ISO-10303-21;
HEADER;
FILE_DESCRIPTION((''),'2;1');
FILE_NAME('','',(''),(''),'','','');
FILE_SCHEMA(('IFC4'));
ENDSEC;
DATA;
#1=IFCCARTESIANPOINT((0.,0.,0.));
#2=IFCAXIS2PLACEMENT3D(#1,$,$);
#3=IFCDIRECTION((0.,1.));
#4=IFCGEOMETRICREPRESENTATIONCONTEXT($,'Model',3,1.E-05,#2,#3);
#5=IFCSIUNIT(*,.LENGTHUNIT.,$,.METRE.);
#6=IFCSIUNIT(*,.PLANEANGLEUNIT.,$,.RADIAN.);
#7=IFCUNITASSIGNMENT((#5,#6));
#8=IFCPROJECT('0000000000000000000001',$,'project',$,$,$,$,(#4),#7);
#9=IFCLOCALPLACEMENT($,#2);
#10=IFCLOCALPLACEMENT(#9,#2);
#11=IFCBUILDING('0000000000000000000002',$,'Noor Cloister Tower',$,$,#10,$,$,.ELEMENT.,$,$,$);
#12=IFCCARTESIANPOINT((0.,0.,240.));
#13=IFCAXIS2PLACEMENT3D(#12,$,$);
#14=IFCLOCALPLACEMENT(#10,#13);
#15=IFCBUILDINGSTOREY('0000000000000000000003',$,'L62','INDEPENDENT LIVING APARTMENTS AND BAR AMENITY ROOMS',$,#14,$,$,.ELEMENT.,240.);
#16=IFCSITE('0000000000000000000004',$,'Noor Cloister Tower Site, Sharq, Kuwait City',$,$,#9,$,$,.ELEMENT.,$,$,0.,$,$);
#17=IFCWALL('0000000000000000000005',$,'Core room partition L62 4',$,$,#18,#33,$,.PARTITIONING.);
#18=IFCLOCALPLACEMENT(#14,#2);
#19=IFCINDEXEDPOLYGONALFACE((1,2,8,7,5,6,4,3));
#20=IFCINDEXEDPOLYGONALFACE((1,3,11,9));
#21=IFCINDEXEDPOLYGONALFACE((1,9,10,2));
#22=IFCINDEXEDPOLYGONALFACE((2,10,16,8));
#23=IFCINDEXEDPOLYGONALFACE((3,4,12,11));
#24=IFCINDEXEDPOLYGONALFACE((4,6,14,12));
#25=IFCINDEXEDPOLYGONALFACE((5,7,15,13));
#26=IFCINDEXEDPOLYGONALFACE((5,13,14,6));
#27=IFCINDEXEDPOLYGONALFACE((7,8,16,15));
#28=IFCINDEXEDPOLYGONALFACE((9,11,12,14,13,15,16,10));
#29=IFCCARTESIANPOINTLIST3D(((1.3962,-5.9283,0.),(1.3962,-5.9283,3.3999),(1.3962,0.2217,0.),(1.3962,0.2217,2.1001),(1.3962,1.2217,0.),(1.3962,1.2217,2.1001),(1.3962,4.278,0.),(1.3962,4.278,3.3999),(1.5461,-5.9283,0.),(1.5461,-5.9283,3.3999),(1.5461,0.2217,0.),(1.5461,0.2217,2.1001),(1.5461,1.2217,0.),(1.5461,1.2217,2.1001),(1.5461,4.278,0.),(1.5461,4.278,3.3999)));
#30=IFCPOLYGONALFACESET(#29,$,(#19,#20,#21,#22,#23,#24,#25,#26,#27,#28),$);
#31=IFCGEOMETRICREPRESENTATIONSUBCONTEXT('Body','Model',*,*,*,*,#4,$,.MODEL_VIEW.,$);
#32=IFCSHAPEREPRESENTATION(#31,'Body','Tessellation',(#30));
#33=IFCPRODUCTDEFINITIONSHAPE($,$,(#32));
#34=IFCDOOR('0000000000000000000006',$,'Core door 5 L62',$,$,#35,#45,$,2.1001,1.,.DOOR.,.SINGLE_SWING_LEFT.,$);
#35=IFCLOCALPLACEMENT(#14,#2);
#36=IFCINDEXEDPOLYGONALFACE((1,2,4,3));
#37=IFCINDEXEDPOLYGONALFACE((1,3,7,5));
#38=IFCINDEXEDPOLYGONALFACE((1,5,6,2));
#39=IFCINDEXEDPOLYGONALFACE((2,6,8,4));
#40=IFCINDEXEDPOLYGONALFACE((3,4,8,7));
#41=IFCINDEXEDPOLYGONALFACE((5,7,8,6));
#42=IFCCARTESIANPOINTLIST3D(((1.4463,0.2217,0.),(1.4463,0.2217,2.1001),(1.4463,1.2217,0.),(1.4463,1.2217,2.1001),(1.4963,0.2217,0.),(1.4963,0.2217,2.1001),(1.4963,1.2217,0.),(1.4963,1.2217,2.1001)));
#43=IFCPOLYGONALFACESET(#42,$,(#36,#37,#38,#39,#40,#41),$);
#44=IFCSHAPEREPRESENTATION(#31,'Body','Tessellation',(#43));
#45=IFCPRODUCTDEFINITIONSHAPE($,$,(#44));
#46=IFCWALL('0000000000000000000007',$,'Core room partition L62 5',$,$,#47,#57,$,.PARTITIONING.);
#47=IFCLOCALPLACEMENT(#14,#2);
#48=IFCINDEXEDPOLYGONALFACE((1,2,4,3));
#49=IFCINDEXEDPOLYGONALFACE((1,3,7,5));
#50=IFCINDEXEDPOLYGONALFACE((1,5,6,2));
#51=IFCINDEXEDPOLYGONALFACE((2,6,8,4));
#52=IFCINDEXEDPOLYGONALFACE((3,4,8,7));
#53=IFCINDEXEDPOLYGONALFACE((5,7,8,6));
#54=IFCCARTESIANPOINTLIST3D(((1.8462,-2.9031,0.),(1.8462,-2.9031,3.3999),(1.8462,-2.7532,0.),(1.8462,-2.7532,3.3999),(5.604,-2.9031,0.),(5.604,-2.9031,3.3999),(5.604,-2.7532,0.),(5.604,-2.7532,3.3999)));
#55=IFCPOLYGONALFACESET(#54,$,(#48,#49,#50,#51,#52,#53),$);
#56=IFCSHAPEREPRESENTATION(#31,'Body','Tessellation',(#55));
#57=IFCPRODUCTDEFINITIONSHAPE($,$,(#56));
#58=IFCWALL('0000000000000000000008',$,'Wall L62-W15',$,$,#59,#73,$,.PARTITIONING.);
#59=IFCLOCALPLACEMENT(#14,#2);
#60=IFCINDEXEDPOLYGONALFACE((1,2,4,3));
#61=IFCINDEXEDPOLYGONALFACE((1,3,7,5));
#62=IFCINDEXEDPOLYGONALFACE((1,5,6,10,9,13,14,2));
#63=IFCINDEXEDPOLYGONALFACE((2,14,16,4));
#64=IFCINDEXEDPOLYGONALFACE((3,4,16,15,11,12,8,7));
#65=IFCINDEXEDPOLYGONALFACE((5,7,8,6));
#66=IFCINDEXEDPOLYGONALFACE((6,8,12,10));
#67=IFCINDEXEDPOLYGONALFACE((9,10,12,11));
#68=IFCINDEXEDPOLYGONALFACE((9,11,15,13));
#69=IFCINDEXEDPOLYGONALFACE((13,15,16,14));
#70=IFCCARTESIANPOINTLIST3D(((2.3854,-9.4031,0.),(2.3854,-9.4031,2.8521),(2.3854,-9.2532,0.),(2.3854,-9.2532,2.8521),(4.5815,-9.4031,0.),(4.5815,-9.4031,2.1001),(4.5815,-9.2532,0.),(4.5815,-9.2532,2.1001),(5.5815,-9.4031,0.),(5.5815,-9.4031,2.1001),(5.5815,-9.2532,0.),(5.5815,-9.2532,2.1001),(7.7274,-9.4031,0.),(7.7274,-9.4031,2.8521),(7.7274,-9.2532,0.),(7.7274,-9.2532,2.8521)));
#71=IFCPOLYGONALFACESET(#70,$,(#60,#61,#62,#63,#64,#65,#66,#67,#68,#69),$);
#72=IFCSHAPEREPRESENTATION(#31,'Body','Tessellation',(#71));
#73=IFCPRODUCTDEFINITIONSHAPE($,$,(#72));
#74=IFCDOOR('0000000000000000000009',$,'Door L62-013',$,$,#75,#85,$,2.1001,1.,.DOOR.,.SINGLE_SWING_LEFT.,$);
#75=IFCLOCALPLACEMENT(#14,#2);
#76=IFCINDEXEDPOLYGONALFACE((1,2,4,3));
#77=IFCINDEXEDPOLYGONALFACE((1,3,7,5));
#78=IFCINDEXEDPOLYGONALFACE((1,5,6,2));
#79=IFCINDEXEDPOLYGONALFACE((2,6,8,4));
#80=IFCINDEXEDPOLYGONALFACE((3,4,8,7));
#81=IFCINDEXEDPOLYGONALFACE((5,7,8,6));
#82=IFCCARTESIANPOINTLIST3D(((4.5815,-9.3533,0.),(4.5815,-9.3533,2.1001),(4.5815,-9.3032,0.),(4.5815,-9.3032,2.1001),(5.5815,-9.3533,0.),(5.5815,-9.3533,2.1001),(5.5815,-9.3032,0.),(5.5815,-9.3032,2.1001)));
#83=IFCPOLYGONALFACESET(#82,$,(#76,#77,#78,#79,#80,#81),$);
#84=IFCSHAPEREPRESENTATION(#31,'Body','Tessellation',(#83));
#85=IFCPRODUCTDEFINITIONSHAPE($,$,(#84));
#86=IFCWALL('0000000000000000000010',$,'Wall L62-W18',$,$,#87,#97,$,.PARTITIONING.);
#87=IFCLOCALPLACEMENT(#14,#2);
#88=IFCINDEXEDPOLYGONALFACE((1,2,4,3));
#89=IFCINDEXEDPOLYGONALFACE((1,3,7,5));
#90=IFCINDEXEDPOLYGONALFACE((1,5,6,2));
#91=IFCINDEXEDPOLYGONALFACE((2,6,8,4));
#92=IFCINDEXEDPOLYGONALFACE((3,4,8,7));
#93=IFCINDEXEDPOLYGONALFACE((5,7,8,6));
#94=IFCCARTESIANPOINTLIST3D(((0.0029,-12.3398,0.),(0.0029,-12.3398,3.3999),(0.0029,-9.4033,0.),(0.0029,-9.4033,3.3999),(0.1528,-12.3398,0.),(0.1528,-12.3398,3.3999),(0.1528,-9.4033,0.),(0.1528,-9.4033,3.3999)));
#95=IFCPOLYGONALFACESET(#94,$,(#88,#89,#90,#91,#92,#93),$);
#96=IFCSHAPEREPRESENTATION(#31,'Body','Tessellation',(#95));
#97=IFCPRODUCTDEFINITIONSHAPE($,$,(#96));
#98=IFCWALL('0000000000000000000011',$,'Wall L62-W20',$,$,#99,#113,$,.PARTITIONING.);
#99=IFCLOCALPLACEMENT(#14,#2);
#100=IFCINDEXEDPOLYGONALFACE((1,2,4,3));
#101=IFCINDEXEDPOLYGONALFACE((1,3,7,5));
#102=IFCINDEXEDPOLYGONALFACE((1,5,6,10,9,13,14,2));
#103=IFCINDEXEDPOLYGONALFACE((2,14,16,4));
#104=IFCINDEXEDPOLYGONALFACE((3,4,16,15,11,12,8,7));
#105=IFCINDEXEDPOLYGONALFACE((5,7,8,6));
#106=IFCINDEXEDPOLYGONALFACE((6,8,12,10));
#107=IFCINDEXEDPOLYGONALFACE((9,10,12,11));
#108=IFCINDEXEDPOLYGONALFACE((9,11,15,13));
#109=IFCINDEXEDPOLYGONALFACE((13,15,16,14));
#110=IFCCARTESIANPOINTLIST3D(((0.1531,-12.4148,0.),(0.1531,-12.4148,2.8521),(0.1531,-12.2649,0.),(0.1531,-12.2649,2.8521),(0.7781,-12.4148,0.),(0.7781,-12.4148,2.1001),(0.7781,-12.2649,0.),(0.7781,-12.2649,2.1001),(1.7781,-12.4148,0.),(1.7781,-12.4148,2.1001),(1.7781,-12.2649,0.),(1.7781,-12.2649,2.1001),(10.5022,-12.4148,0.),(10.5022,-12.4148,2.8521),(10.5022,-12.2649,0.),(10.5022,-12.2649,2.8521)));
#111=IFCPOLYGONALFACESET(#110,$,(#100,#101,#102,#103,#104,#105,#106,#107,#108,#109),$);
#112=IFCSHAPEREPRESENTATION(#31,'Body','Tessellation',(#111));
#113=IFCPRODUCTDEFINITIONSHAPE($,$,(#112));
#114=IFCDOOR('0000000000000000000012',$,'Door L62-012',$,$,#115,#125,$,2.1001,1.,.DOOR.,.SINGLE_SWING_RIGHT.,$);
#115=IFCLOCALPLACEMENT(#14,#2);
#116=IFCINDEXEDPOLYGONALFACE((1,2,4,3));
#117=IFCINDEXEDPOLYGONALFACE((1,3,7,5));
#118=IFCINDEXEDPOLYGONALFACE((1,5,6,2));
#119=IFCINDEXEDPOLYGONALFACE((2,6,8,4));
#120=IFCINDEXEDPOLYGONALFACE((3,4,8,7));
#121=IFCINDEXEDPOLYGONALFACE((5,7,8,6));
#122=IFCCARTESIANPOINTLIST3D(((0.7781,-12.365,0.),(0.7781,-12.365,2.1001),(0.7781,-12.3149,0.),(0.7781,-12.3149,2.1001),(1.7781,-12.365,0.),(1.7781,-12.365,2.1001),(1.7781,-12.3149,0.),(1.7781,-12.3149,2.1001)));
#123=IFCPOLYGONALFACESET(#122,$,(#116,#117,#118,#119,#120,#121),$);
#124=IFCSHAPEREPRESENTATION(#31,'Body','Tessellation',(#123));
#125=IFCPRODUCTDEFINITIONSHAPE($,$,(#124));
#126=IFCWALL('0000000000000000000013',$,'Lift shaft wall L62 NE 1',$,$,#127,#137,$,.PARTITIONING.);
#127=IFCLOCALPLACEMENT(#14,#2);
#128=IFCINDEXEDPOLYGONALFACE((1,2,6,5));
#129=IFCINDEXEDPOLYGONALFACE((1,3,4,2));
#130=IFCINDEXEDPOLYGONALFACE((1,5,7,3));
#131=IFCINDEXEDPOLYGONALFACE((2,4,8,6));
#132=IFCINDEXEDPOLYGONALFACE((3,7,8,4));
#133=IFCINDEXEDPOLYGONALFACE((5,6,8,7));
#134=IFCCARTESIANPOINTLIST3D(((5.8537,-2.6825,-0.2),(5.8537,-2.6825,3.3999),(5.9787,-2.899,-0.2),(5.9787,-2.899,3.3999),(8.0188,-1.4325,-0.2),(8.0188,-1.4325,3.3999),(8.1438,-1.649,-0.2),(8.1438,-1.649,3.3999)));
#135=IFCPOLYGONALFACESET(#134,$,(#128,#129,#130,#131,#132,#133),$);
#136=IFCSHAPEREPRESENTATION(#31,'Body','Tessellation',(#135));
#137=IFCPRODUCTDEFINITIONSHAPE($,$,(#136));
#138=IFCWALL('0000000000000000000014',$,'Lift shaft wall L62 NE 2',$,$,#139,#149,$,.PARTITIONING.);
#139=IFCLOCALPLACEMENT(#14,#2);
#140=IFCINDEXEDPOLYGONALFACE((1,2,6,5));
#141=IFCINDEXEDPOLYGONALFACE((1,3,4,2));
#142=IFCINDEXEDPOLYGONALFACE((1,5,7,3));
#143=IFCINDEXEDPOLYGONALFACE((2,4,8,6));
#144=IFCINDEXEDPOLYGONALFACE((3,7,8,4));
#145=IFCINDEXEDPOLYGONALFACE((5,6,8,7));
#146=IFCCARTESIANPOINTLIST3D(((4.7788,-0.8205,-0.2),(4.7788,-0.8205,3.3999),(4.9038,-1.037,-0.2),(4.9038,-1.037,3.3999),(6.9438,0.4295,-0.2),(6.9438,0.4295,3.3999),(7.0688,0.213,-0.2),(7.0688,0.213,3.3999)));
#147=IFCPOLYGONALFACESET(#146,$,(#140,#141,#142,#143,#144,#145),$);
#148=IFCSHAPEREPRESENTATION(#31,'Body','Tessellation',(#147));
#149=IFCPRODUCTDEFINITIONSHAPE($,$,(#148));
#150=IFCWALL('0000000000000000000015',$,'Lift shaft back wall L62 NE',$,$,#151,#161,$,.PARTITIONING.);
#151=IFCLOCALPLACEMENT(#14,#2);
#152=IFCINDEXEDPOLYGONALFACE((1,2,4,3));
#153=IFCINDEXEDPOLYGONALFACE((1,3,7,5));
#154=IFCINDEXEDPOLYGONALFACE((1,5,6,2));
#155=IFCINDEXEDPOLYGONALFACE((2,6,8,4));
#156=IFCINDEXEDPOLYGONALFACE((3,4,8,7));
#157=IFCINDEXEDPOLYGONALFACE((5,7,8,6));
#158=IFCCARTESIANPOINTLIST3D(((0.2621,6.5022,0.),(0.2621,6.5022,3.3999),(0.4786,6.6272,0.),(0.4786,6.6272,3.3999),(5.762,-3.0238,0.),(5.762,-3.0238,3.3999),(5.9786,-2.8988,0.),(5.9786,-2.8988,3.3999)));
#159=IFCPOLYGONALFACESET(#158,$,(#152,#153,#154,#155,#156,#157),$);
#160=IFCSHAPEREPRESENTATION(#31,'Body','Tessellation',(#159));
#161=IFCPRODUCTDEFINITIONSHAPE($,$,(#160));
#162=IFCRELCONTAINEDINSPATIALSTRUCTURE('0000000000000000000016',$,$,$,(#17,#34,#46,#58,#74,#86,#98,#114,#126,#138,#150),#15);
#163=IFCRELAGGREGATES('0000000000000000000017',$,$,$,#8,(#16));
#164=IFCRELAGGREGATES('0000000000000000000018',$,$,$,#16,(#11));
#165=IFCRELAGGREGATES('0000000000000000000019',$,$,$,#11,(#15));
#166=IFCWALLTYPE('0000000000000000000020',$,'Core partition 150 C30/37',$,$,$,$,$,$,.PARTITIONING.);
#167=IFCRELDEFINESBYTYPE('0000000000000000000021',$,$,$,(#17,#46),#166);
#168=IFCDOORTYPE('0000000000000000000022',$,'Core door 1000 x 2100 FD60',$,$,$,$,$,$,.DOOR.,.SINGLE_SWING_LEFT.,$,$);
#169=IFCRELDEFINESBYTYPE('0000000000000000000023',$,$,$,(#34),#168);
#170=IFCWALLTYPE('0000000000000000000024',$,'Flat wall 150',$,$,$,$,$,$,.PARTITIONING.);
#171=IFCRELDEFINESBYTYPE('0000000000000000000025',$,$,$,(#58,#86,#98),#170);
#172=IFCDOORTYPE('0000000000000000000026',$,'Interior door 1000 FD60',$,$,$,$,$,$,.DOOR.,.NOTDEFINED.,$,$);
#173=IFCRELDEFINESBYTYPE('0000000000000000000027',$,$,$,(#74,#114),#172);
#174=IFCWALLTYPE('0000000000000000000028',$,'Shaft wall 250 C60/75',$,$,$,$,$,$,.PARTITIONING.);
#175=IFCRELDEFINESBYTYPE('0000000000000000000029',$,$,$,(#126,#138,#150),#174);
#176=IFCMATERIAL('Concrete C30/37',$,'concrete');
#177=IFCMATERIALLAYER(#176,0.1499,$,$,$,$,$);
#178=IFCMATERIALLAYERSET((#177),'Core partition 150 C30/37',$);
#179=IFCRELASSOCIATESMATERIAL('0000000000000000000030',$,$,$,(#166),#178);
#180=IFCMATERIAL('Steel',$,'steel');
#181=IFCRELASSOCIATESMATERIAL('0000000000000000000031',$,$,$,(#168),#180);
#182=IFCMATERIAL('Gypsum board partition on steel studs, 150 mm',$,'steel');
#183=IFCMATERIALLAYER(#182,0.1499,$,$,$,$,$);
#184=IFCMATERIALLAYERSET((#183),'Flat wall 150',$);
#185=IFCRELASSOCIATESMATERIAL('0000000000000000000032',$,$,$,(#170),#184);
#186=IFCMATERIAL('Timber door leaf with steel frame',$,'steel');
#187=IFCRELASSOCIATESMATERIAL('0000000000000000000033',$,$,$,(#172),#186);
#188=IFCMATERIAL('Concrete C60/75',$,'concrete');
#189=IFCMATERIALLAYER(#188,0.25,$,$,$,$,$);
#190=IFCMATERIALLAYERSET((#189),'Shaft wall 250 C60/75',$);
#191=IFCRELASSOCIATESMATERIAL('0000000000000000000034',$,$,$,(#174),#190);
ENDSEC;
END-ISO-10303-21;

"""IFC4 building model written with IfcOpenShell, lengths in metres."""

from ifc_helpers import new_model, si_unit, direction, frame, frame_2d, origin, place, context, subcontext, project, spatial, rectangle, extrude, material, layer, layer_set, type_object, element, fill, save


model = new_model("IFC4")

# Units and contexts
model_context = context("Model", 3, precision=1e-05, world=origin(), true_north=direction((0.0, 1.0)))
body_context = subcontext(model_context, "Body", "Model", "MODEL_VIEW")
ifc_project = project(units=[si_unit("LENGTHUNIT", "METRE"), si_unit("PLANEANGLEUNIT", "RADIAN")], contexts=[model_context])

# Site, building, storey
site_placement = place(None, origin())
site = spatial("IfcSite", under=ifc_project, at=site_placement, Name="Noor Cloister Tower Site, Sharq, Kuwait City", CompositionType="ELEMENT", RefElevation=0.0)
building_placement = place(site_placement, origin())
building = spatial("IfcBuilding", under=site, at=building_placement, Name="Noor Cloister Tower", CompositionType="ELEMENT")
storey_placement = place(building_placement, frame((0.0, 0.0, 240.0)))
storey = spatial("IfcBuildingStorey", under=building, at=storey_placement, Name="L62", Description="INDEPENDENT LIVING APARTMENTS AND BAR AMENITY ROOMS", CompositionType="ELEMENT", Elevation=240.0)

# Wall, opening, door
ifc_material_1 = material(Name="Concrete C30/37", Category="concrete")
ifc_layer_1 = layer(ifc_material_1, 0.1499)
ifc_layer_set_1 = layer_set([ifc_layer_1], Name="Core partition 150 C30/37")
wall_type_1 = type_object("IfcWallType", Name="Core partition 150 C30/37", PredefinedType="PARTITIONING", material=ifc_layer_set_1)
wall_1_placement = place(storey_placement, frame((1.4712, -5.9282, 0.0), z_axis=(0.0, 0.0, 1.0), x_axis=(0.0, 1.0, 0.0)))
wall_1 = element("IfcWall", 1, at=wall_1_placement, inside=storey, type_object=wall_type_1, Name="Core room partition L62 4", PredefinedType="PARTITIONING", context=body_context, shape_type="SweptSolid", body=[
    extrude(rectangle(XDim=10.2063, YDim=0.1499, at=frame_2d((5.103, 0.0))), origin(), (0.0, 0.0, 1.0), 3.3999),
])
opening_1_placement = place(wall_1_placement, frame((6.1499, 0.0, 0.0)))
opening_1 = element("IfcOpeningElement", 2, at=opening_1_placement, cuts=wall_1, PredefinedType="OPENING", context=body_context, shape_type="SweptSolid", body=[
    extrude(rectangle(XDim=1.0, YDim=2.1001, at=frame_2d((0.5, 1.05))), frame((0.0, 0.085, 0.0), z_axis=(0.0, -1.0, 0.0), x_axis=(1.0, 0.0, 0.0)), (0.0, 0.0, 1.0), 0.1699),
])
ifc_material_2 = material(Name="Steel", Category="steel")
door_type_1 = type_object("IfcDoorType", Name="Core door 1000 x 2100 FD60", OperationType="SINGLE_SWING_LEFT", PredefinedType="DOOR", material=ifc_material_2)
door_1_placement = place(opening_1_placement, origin())
door_1 = element("IfcDoor", 3, at=door_1_placement, inside=storey, type_object=door_type_1, Name="Core door 5 L62", OperationType="SINGLE_SWING_LEFT", OverallHeight=2.1001, OverallWidth=1.0, PredefinedType="DOOR", context=body_context, shape_type="SweptSolid", body=[
    extrude(rectangle(XDim=1.0, YDim=2.1001, at=frame_2d((0.5, 1.05))), frame((0.0, 0.0249, 0.0), z_axis=(0.0, -1.0, 0.0), x_axis=(1.0, 0.0, 0.0)), (0.0, 0.0, 1.0), 0.05),
])
fill(opening_1, door_1)

# Wall
wall_2_placement = place(storey_placement, frame((1.8462, -2.8281, 0.0), z_axis=(0.0, 0.0, 1.0), x_axis=(1.0, 0.0, 0.0)))
element("IfcWall", 4, at=wall_2_placement, inside=storey, type_object=wall_type_1, Name="Core room partition L62 5", PredefinedType="PARTITIONING", context=body_context, shape_type="SweptSolid", body=[
    extrude(rectangle(XDim=3.7578, YDim=0.1499, at=frame_2d((1.8789, 0.0))), origin(), (0.0, 0.0, 1.0), 3.3999),
])

# Wall, opening, door
ifc_material_3 = material(Name="Gypsum board partition on steel studs, 150 mm", Category="steel")
ifc_layer_2 = layer(ifc_material_3, 0.1499)
ifc_layer_set_2 = layer_set([ifc_layer_2], Name="Flat wall 150")
wall_type_2 = type_object("IfcWallType", Name="Flat wall 150", PredefinedType="PARTITIONING", material=ifc_layer_set_2)
wall_3_placement = place(storey_placement, frame((2.3855, -9.3281, 0.0), z_axis=(0.0, 0.0, 1.0), x_axis=(1.0, 0.0, 0.0)))
wall_3 = element("IfcWall", 5, at=wall_3_placement, inside=storey, type_object=wall_type_2, Name="Wall L62-W15", PredefinedType="PARTITIONING", context=body_context, shape_type="SweptSolid", body=[
    extrude(rectangle(XDim=5.342, YDim=0.1499, at=frame_2d((2.6709, 0.0))), origin(), (0.0, 0.0, 1.0), 2.8521),
])
opening_2_placement = place(wall_3_placement, frame((2.196, 0.0, 0.0)))
opening_2 = element("IfcOpeningElement", 6, at=opening_2_placement, cuts=wall_3, PredefinedType="OPENING", context=body_context, shape_type="SweptSolid", body=[
    extrude(rectangle(XDim=1.0, YDim=2.1001, at=frame_2d((0.5, 1.05))), frame((0.0, 0.085, 0.0), z_axis=(0.0, -1.0, 0.0), x_axis=(1.0, 0.0, 0.0)), (0.0, 0.0, 1.0), 0.1699),
])
ifc_material_4 = material(Name="Timber door leaf with steel frame", Category="steel")
door_type_2 = type_object("IfcDoorType", Name="Interior door 1000 FD60", OperationType="NOTDEFINED", PredefinedType="DOOR", material=ifc_material_4)
door_2_placement = place(opening_2_placement, origin())
door_2 = element("IfcDoor", 7, at=door_2_placement, inside=storey, type_object=door_type_2, Name="Door L62-013", OperationType="SINGLE_SWING_LEFT", OverallHeight=2.1001, OverallWidth=1.0, PredefinedType="DOOR", context=body_context, shape_type="SweptSolid", body=[
    extrude(rectangle(XDim=1.0, YDim=2.1001, at=frame_2d((0.5, 1.05))), frame((0.0, 0.0249, 0.0), z_axis=(0.0, -1.0, 0.0), x_axis=(1.0, 0.0, 0.0)), (0.0, 0.0, 1.0), 0.05),
])
fill(opening_2, door_2)

# Wall
wall_4_placement = place(storey_placement, frame((0.0779, -9.4033, 0.0), z_axis=(0.0, 0.0, 1.0), x_axis=(0.0, -1.0, 0.0)))
element("IfcWall", 8, at=wall_4_placement, inside=storey, type_object=wall_type_2, Name="Wall L62-W18", PredefinedType="PARTITIONING", context=body_context, shape_type="SweptSolid", body=[
    extrude(rectangle(XDim=2.9365, YDim=0.1499, at=frame_2d((1.4683, 0.0))), origin(), (0.0, 0.0, 1.0), 3.3999),
])

# Wall, opening, door
wall_5_placement = place(storey_placement, frame((0.1531, -12.3398, 0.0), z_axis=(0.0, 0.0, 1.0), x_axis=(1.0, 0.0, 0.0)))
wall_5 = element("IfcWall", 9, at=wall_5_placement, inside=storey, type_object=wall_type_2, Name="Wall L62-W20", PredefinedType="PARTITIONING", context=body_context, shape_type="SweptSolid", body=[
    extrude(rectangle(XDim=10.3491, YDim=0.1499, at=frame_2d((5.1746, 0.0))), origin(), (0.0, 0.0, 1.0), 2.8521),
])
opening_3_placement = place(wall_5_placement, frame((0.625, 0.0, 0.0)))
opening_3 = element("IfcOpeningElement", 10, at=opening_3_placement, cuts=wall_5, PredefinedType="OPENING", context=body_context, shape_type="SweptSolid", body=[
    extrude(rectangle(XDim=1.0, YDim=2.1001, at=frame_2d((0.5, 1.05))), frame((0.0, 0.085, 0.0), z_axis=(0.0, -1.0, 0.0), x_axis=(1.0, 0.0, 0.0)), (0.0, 0.0, 1.0), 0.1699),
])
door_3_placement = place(opening_3_placement, origin())
door_3 = element("IfcDoor", 11, at=door_3_placement, inside=storey, type_object=door_type_2, Name="Door L62-012", OperationType="SINGLE_SWING_RIGHT", OverallHeight=2.1001, OverallWidth=1.0, PredefinedType="DOOR", context=body_context, shape_type="SweptSolid", body=[
    extrude(rectangle(XDim=1.0, YDim=2.1001, at=frame_2d((0.5, 1.05))), frame((0.0, 0.0249, 0.0), z_axis=(0.0, -1.0, 0.0), x_axis=(1.0, 0.0, 0.0)), (0.0, 0.0, 1.0), 0.05),
])
fill(opening_3, door_3)

# Walls
ifc_material_5 = material(Name="Concrete C60/75", Category="concrete")
ifc_layer_3 = layer(ifc_material_5, 0.25)
ifc_layer_set_3 = layer_set([ifc_layer_3], Name="Shaft wall 250 C60/75")
wall_type_3 = type_object("IfcWallType", Name="Shaft wall 250 C60/75", PredefinedType="PARTITIONING", material=ifc_layer_set_3)
for number, where, z_axis, x_axis, name in (
    (12, (8.0813, -1.5408, -0.2), (0.0, 0.0, 1.0), (-0.866023, -0.500004, 0.0), "Lift shaft wall L62 NE 1"),
    (13, (7.0063, 0.3213, -0.2), (0.0, 0.0, 1.0), (-0.866023, -0.500004, 0.0), "Lift shaft wall L62 NE 2"),
):
    element("IfcWall", number, at=place(storey_placement, frame(where, z_axis=z_axis, x_axis=x_axis)), inside=storey, type_object=wall_type_3, Name=name, PredefinedType="PARTITIONING", context=body_context, shape_type="SweptSolid", body=[
        extrude(rectangle(XDim=2.5, YDim=0.25, at=frame_2d((1.25, 0.0))), origin(), (0.0, 0.0, 1.0), 3.5999),
    ])
wall_6_placement = place(storey_placement, frame((5.8704, -2.9614, 0.0), z_axis=(0.0, 0.0, 1.0), x_axis=(-0.500006, 0.866022, 0.0)))
element("IfcWall", 14, at=wall_6_placement, inside=storey, type_object=wall_type_3, Name="Lift shaft back wall L62 NE", PredefinedType="PARTITIONING", context=body_context, shape_type="SweptSolid", body=[
    extrude(rectangle(XDim=10.9998, YDim=0.25, at=frame_2d((5.5, 0.0))), origin(), (0.0, 0.0, 1.0), 3.3999),
])

save(model, "model.ifc")
